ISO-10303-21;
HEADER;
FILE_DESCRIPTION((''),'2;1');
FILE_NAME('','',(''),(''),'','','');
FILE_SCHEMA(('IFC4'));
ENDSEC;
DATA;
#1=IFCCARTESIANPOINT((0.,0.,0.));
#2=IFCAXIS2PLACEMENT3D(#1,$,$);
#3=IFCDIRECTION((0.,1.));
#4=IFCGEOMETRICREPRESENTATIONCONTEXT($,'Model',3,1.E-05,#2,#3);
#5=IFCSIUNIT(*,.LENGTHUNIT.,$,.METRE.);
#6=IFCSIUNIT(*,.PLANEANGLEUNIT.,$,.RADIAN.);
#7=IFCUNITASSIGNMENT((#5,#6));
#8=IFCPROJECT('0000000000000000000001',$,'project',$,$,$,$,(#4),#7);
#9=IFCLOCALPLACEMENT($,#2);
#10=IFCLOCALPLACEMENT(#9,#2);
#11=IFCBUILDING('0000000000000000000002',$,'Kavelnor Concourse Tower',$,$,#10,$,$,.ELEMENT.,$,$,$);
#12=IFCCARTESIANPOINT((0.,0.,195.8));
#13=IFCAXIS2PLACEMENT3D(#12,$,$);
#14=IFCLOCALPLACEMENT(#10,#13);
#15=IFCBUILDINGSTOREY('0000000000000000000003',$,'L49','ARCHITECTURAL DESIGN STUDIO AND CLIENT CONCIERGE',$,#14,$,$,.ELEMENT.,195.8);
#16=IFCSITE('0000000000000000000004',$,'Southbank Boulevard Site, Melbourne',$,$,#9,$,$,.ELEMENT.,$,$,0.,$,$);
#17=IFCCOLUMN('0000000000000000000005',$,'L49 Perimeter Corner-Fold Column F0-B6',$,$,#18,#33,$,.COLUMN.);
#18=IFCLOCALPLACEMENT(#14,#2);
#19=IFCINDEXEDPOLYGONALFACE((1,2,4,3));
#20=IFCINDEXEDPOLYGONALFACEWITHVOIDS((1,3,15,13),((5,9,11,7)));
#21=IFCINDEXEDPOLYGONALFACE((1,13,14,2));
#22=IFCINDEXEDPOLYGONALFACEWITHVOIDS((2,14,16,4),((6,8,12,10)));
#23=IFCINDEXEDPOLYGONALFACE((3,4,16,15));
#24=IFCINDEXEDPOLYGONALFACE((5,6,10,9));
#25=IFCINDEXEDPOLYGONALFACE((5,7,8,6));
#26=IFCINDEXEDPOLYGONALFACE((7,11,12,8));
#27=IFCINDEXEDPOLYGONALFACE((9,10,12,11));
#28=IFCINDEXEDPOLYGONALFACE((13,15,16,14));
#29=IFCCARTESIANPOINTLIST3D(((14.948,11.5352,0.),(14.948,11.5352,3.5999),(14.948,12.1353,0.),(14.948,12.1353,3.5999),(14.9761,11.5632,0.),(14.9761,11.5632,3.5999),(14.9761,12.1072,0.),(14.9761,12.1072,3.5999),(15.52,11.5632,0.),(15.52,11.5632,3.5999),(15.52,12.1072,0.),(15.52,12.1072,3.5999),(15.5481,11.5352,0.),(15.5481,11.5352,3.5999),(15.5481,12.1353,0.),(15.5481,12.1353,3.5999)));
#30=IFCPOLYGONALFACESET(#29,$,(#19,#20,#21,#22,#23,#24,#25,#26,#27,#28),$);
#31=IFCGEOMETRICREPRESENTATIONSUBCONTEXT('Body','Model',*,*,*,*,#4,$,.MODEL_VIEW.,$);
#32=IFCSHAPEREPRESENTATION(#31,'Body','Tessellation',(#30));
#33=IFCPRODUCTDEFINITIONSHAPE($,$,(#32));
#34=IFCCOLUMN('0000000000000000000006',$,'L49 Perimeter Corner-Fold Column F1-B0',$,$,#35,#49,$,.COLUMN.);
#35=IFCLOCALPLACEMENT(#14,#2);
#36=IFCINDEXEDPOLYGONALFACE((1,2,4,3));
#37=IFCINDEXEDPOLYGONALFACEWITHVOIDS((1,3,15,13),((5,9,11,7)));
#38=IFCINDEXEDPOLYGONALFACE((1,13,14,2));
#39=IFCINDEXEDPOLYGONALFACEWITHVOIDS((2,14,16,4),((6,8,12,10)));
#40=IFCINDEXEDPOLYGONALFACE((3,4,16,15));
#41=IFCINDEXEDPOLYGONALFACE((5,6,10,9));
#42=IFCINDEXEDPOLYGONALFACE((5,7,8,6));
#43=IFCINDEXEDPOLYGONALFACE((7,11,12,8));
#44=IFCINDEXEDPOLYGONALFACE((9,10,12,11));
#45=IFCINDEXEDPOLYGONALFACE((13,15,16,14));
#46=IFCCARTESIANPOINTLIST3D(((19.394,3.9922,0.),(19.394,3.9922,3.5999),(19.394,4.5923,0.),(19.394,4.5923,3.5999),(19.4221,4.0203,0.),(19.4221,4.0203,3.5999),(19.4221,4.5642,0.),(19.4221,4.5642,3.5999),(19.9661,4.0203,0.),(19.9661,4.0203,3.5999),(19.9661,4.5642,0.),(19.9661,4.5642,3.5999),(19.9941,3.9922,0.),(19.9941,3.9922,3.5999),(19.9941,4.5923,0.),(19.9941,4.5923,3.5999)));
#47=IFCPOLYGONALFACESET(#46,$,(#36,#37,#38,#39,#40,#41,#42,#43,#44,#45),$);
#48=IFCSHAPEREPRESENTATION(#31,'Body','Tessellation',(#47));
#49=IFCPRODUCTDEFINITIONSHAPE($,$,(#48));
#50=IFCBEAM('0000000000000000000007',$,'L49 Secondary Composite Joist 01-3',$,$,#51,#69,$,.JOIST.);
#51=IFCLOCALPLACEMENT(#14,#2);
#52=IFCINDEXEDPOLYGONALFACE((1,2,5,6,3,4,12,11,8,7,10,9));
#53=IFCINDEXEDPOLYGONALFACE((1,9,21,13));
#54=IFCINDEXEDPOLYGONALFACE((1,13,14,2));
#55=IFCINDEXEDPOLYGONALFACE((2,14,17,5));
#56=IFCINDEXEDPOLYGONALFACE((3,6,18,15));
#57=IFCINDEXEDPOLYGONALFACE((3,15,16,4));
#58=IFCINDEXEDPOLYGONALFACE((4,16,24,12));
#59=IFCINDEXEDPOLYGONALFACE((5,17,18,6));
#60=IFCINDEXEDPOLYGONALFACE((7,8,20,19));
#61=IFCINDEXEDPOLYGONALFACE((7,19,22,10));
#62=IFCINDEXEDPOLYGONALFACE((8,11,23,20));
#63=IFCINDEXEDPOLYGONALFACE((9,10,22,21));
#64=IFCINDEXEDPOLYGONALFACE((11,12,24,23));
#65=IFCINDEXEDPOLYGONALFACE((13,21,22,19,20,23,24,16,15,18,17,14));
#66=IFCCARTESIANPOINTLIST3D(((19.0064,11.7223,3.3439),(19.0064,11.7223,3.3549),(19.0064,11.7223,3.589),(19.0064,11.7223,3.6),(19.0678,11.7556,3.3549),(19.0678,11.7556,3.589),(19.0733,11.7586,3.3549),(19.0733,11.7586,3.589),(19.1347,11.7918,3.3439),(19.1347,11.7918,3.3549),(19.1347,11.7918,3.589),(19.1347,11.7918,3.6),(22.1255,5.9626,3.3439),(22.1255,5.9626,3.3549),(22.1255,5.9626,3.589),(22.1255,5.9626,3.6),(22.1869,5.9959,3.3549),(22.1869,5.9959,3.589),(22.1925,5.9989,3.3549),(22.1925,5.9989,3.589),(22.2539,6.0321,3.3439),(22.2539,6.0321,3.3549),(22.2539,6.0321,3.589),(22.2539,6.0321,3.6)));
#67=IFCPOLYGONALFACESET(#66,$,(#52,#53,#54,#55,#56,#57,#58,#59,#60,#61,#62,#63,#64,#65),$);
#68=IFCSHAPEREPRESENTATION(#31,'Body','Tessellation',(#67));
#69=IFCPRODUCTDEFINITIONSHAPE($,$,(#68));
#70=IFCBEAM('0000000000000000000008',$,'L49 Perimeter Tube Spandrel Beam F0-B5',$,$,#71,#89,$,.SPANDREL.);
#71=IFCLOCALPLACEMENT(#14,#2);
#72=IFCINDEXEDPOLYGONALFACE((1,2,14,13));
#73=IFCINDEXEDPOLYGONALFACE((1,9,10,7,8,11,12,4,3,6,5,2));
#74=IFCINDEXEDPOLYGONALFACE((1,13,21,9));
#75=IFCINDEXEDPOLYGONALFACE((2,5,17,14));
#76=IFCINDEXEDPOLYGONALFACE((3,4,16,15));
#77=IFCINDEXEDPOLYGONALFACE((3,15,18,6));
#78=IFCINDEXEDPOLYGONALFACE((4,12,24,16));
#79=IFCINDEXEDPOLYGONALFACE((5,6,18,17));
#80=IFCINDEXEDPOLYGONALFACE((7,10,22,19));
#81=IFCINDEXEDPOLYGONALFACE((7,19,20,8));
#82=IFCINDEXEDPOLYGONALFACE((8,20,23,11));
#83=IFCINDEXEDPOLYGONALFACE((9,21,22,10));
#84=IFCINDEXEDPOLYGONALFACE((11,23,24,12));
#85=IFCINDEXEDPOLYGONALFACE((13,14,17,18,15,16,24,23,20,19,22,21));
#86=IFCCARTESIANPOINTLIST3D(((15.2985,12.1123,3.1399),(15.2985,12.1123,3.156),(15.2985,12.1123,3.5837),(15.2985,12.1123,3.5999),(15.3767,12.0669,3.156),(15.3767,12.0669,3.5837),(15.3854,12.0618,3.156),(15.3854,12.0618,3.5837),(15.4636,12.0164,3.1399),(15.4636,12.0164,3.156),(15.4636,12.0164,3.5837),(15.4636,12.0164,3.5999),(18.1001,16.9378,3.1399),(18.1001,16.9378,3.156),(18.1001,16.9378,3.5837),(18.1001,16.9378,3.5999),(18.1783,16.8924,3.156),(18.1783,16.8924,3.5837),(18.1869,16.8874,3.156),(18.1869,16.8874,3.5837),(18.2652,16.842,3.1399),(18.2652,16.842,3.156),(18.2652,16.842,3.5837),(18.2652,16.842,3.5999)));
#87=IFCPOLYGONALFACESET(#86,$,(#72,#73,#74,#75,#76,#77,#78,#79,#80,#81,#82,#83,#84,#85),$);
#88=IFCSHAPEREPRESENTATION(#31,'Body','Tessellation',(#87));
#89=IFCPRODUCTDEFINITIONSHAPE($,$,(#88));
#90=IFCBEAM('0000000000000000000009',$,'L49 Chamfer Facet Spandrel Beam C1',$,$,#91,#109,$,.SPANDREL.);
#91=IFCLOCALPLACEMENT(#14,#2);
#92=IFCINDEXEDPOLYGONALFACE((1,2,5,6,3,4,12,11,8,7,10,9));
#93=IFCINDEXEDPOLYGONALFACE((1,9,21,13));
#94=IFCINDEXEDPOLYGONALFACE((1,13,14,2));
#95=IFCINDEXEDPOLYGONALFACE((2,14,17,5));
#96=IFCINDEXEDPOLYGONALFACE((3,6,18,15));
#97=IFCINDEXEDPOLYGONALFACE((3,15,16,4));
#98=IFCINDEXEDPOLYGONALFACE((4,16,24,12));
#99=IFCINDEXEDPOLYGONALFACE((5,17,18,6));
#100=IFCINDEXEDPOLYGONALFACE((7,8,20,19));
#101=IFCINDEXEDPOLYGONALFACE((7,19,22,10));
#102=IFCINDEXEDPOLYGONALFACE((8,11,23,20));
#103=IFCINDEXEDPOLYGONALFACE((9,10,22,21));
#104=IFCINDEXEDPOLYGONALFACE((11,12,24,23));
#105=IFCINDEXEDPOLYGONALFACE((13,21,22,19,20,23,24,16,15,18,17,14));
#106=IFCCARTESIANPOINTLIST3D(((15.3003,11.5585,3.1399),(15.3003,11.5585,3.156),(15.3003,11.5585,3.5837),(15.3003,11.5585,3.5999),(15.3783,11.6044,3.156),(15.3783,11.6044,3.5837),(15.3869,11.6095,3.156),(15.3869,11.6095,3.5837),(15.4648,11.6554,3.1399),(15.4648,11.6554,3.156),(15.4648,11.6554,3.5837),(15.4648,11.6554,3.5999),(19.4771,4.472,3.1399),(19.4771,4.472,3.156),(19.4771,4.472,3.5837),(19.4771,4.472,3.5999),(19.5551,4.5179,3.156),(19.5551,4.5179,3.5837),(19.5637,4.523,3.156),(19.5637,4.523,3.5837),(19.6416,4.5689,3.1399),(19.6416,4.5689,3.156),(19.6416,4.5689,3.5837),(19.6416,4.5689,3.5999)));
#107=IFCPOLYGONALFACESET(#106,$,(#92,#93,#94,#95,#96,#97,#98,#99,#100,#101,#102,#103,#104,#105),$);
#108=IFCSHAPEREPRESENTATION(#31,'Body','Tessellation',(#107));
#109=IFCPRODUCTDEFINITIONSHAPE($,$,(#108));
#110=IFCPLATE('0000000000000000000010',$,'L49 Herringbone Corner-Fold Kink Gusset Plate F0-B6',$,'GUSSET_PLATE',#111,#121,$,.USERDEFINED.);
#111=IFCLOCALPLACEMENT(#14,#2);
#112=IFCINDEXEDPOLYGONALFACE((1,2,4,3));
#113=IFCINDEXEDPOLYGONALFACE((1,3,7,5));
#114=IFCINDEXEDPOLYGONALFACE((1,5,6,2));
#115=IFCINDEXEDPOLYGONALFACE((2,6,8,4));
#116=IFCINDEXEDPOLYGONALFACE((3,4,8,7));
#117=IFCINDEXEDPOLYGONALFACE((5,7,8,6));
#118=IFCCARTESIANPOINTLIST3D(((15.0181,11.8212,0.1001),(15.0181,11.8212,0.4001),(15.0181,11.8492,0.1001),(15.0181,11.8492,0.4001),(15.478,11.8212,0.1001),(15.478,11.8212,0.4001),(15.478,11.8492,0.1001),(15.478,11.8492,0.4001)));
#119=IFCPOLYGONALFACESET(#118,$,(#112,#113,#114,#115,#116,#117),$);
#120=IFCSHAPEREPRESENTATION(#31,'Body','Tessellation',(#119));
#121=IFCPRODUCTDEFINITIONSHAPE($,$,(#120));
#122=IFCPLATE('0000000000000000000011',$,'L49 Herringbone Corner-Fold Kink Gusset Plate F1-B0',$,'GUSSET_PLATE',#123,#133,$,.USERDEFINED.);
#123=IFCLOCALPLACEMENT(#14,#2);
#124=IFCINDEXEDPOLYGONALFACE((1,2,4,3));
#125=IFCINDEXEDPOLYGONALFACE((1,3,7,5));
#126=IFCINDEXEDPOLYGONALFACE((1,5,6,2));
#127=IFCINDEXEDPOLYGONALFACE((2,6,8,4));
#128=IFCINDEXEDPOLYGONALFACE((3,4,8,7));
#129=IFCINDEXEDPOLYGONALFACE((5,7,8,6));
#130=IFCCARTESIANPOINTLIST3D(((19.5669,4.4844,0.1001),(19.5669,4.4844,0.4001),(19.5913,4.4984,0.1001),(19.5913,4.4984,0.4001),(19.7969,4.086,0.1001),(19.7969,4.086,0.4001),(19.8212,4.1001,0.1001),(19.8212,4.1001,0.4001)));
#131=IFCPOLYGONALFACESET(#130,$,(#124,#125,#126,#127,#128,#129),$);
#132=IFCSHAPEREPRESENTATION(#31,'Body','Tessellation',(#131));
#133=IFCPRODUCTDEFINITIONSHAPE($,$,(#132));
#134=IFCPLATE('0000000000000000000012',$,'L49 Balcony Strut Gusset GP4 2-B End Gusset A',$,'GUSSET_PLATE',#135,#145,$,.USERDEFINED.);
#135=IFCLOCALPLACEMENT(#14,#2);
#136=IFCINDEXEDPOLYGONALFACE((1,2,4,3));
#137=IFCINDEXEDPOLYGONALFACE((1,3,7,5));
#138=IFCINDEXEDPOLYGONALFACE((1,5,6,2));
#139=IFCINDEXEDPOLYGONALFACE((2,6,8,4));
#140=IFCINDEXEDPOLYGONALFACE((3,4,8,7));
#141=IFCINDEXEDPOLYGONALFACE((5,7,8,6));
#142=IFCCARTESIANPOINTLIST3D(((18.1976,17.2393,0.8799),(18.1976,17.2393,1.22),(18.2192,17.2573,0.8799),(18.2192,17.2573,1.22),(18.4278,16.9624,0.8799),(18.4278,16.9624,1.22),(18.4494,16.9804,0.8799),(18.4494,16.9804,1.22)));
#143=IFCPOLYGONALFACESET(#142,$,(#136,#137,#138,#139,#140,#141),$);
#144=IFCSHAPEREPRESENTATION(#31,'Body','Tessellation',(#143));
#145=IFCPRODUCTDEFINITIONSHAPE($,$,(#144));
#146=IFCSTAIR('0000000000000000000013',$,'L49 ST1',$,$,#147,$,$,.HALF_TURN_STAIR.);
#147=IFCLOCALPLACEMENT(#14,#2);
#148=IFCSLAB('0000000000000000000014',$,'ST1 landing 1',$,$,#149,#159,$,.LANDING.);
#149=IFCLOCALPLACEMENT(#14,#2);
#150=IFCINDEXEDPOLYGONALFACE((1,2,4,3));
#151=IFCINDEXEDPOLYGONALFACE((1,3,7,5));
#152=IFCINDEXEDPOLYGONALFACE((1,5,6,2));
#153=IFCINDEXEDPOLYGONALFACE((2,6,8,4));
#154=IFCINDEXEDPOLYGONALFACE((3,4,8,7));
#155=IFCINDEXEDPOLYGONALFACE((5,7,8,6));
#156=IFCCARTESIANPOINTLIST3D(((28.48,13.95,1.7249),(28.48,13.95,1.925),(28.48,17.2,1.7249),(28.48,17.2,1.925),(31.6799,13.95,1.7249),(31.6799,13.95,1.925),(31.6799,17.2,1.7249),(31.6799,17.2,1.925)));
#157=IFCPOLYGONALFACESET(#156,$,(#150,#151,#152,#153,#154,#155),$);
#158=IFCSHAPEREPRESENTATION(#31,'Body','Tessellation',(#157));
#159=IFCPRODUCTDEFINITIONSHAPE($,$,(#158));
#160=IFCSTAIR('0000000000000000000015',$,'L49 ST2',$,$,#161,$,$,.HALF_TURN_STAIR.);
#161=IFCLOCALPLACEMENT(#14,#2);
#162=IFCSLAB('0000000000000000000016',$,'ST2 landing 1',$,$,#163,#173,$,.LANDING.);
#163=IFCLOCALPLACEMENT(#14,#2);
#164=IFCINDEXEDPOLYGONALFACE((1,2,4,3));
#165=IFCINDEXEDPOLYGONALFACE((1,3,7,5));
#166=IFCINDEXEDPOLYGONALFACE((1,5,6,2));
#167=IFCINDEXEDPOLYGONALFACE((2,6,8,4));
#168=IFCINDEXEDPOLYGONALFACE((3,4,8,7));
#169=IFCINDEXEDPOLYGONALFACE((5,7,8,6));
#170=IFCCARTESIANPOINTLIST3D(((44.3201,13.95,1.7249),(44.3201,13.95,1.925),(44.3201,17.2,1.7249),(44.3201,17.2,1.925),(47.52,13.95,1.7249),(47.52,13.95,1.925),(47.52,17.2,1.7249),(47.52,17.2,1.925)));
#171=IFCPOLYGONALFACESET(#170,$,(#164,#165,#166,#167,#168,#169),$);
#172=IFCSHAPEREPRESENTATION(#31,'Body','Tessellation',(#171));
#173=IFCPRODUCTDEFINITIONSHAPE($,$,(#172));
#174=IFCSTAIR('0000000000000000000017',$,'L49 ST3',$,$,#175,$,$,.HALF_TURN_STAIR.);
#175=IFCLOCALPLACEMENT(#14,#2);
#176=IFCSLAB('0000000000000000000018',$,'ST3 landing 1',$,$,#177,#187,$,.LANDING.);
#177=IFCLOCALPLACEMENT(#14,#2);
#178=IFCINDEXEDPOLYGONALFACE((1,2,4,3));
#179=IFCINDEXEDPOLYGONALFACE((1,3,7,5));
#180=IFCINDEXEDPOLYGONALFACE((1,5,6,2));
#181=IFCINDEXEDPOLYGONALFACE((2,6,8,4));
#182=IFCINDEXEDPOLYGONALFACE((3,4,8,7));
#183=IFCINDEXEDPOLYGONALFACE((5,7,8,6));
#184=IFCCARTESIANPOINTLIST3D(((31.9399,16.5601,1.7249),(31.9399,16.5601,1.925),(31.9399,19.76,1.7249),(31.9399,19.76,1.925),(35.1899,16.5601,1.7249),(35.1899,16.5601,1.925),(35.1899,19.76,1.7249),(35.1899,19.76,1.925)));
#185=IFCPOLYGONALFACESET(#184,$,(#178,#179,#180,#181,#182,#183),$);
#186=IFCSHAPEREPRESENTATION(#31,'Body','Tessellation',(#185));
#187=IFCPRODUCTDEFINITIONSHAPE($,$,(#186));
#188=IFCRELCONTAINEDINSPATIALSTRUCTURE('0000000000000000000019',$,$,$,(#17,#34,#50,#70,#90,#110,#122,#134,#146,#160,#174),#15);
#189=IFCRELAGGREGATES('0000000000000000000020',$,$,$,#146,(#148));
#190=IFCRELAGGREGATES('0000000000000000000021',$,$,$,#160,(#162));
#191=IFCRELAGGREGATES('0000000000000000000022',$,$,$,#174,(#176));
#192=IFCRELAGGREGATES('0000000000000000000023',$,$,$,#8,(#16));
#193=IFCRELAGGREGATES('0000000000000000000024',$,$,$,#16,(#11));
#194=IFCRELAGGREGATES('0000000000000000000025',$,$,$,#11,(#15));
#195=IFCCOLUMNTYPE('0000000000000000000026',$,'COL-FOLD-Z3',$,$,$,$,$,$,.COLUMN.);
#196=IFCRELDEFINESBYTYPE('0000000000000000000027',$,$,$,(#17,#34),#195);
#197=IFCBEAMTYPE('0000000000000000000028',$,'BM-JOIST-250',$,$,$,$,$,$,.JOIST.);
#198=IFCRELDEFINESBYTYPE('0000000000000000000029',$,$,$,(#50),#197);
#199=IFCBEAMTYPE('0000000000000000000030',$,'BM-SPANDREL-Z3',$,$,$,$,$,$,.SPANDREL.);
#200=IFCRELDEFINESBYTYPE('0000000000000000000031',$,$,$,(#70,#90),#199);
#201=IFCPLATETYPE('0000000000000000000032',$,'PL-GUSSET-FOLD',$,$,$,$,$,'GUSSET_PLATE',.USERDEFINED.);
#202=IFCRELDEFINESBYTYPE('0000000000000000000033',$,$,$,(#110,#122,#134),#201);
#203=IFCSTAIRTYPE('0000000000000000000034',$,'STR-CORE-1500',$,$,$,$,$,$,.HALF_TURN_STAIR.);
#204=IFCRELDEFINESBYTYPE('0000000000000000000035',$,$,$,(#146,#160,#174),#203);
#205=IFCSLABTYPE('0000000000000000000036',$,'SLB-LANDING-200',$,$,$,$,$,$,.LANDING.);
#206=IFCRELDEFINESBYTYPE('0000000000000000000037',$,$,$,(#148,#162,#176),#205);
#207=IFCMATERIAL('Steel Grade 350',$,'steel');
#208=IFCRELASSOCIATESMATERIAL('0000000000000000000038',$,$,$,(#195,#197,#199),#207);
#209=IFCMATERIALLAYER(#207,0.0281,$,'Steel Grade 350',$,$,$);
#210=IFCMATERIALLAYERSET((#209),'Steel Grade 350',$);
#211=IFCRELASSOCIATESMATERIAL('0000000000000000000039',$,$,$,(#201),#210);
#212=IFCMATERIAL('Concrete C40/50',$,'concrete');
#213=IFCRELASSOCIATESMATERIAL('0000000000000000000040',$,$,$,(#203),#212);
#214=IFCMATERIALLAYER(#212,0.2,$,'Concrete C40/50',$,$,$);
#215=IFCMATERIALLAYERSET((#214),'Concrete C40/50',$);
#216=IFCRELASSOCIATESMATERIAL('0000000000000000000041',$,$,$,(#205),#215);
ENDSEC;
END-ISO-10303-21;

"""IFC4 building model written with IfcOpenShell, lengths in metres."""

from ifc_helpers import new_model, si_unit, direction, frame, origin, origin_2d, place, context, subcontext, project, spatial, polyline, rectangle, hollow_rectangle, i_section, outline, extrude, material, layer, layer_set, material_profile, profile_set, type_object, element, aggregate, save


model = new_model("IFC4")

# Units and contexts
model_context = context("Model", 3, precision=1e-05, world=origin(), true_north=direction((0.0, 1.0)))
body_context = subcontext(model_context, "Body", "Model", "MODEL_VIEW")
ifc_project = project(units=[si_unit("LENGTHUNIT", "METRE"), si_unit("PLANEANGLEUNIT", "RADIAN")], contexts=[model_context])

# Site, building, storey
site_placement = place(None, origin())
site = spatial("IfcSite", under=ifc_project, at=site_placement, Name="Southbank Boulevard Site, Melbourne", CompositionType="ELEMENT", RefElevation=0.0)
building_placement = place(site_placement, origin())
building = spatial("IfcBuilding", under=site, at=building_placement, Name="Kavelnor Concourse Tower", CompositionType="ELEMENT")
storey_placement = place(building_placement, frame((0.0, 0.0, 195.8)))
storey = spatial("IfcBuildingStorey", under=building, at=storey_placement, Name="L49", Description="ARCHITECTURAL DESIGN STUDIO AND CLIENT CONCIERGE", CompositionType="ELEMENT", Elevation=195.8)

# Columns
ifc_material_1 = material(Name="Steel Grade 350", Category="steel")
ifc_material_profile_1 = material_profile(ifc_material_1, hollow_rectangle(XDim=0.6001, YDim=0.6001, WallThickness=0.0281, at=origin_2d()), Name="SHS 600x600x28")
ifc_profile_set_1 = profile_set([ifc_material_profile_1], Name="Steel Grade 350")
column_type = type_object("IfcColumnType", Name="COL-FOLD-Z3", PredefinedType="COLUMN", material=ifc_profile_set_1)
for number, where, z_axis, x_axis, name in (
    (1, (15.248, 11.8352, 0.0), (0.0, 0.0, 1.0), (1.0, 0.0, 0.0), "L49 Perimeter Corner-Fold Column F0-B6"),
    (2, (19.6941, 4.2922, 0.0), (0.0, 0.0, 1.0), (1.0, 0.0, 0.0), "L49 Perimeter Corner-Fold Column F1-B0"),
):
    element("IfcColumn", number, at=place(storey_placement, frame(where, z_axis=z_axis, x_axis=x_axis)), inside=storey, type_object=column_type, Name=name, PredefinedType="COLUMN", context=body_context, shape_type="SweptSolid", body=[
        extrude(hollow_rectangle(XDim=0.6001, YDim=0.6001, WallThickness=0.0281, at=origin_2d()), origin(), (0.0, 0.0, 1.0), 3.5999),
    ])

# Beams
ifc_material_profile_2 = material_profile(ifc_material_1, i_section(OverallWidth=0.146, OverallDepth=0.2561, WebThickness=0.0063, FlangeThickness=0.011, at=origin_2d()), Name="250UB37")
ifc_profile_set_2 = profile_set([ifc_material_profile_2], Name="Steel Grade 350")
beam_type_1 = type_object("IfcBeamType", Name="BM-JOIST-250", PredefinedType="JOIST", material=ifc_profile_set_2)
beam_1_placement = place(storey_placement, frame((19.0706, 11.7571, 3.4719), z_axis=(0.476197, -0.879339, 0.0), x_axis=(0.879339, 0.476197, 0.0)))
element("IfcBeam", 3, at=beam_1_placement, inside=storey, type_object=beam_type_1, Name="L49 Secondary Composite Joist 01-3", PredefinedType="JOIST", context=body_context, shape_type="SweptSolid", body=[
    extrude(i_section(OverallWidth=0.146, OverallDepth=0.2561, WebThickness=0.0063, FlangeThickness=0.011, at=origin_2d()), origin(), (0.0, 0.0, 1.0), 6.55),
])
ifc_material_profile_3 = material_profile(ifc_material_1, i_section(OverallWidth=0.1909, OverallDepth=0.46, WebThickness=0.01, FlangeThickness=0.0161, at=origin_2d()), Name="460UB82")
ifc_profile_set_3 = profile_set([ifc_material_profile_3], Name="Steel Grade 350")
beam_type_2 = type_object("IfcBeamType", Name="BM-SPANDREL-Z3", PredefinedType="SPANDREL", material=ifc_profile_set_3)
beam_2_placement = place(storey_placement, frame((18.1826, 16.8899, 3.3699), z_axis=(-0.502088, -0.864817, 0.0), x_axis=(0.864817, -0.502088, 0.0)))
element("IfcBeam", 4, at=beam_2_placement, inside=storey, type_object=beam_type_2, Name="L49 Perimeter Tube Spandrel Beam F0-B5", PredefinedType="SPANDREL", context=body_context, shape_type="SweptSolid", body=[
    extrude(i_section(OverallWidth=0.1909, OverallDepth=0.46, WebThickness=0.01, FlangeThickness=0.0161, at=origin_2d()), origin(), (0.0, 0.0, 1.0), 5.5798),
])
beam_3_placement = place(storey_placement, frame((15.3826, 11.6069, 3.3699), z_axis=(0.507767, -0.861494, 0.0), x_axis=(0.861494, 0.507767, 0.0)))
element("IfcBeam", 5, at=beam_3_placement, inside=storey, type_object=beam_type_2, Name="L49 Chamfer Facet Spandrel Beam C1", PredefinedType="SPANDREL", context=body_context, shape_type="SweptSolid", body=[
    extrude(i_section(OverallWidth=0.1909, OverallDepth=0.46, WebThickness=0.01, FlangeThickness=0.0161, at=origin_2d()), origin(), (0.0, 0.0, 1.0), 8.2258),
])

# Plates
ifc_layer_1 = layer(ifc_material_1, 0.0281, Name="Steel Grade 350")
ifc_layer_set_1 = layer_set([ifc_layer_1], Name="Steel Grade 350")
plate_type = type_object("IfcPlateType", Name="PL-GUSSET-FOLD", ElementType="GUSSET_PLATE", PredefinedType="USERDEFINED", material=ifc_layer_set_1)
for number, where, z_axis, x_axis, name in (
    (6, (15.248, 11.8352, 0.1001), (0.0, 0.0, 1.0), (1.0, 0.0, 0.0), "L49 Herringbone Corner-Fold Kink Gusset Plate F0-B6"),
    (7, (19.6941, 4.2922, 0.1001), (0.0, 0.0, 1.0), (-0.5, 0.866025, 0.0), "L49 Herringbone Corner-Fold Kink Gusset Plate F1-B0"),
):
    element("IfcPlate", number, at=place(storey_placement, frame(where, z_axis=z_axis, x_axis=x_axis)), inside=storey, type_object=plate_type, Name=name, ObjectType="GUSSET_PLATE", PredefinedType="USERDEFINED", context=body_context, shape_type="SweptSolid", body=[
        extrude(rectangle(XDim=0.46, YDim=0.0281, at=origin_2d()), origin(), (0.0, 0.0, 1.0), 0.3),
    ])
plate_placement = place(storey_placement, frame((18.3235, 17.1099, 0.8799), z_axis=(0.0, 0.0, 1.0), x_axis=(-0.639305, 0.768953, 0.0)))
element("IfcPlate", 8, at=plate_placement, inside=storey, type_object=plate_type, Name="L49 Balcony Strut Gusset GP4 2-B End Gusset A", ObjectType="GUSSET_PLATE", PredefinedType="USERDEFINED", context=body_context, shape_type="SweptSolid", body=[
    extrude(rectangle(XDim=0.3601, YDim=0.0281, at=origin_2d()), origin(), (0.0, 0.0, 1.0), 0.3401),
])

# Stairs, slabs
ifc_material_2 = material(Name="Concrete C40/50", Category="concrete")
stair_type = type_object("IfcStairType", Name="STR-CORE-1500", PredefinedType="HALF_TURN_STAIR", material=ifc_material_2)
stair_1_placement = place(storey_placement, origin())
stair_1 = element("IfcStair", 9, at=stair_1_placement, inside=storey, type_object=stair_type, Name="L49 ST1", PredefinedType="HALF_TURN_STAIR")
ifc_layer_2 = layer(ifc_material_2, 0.2, Name="Concrete C40/50")
ifc_layer_set_2 = layer_set([ifc_layer_2], Name="Concrete C40/50")
slab_type_1 = type_object("IfcSlabType", Name="SLB-LANDING-200", PredefinedType="LANDING", material=ifc_layer_set_2)
slab_1_placement = place(storey_placement, frame((0.0, 0.0, 1.7249)))
slab_1 = element("IfcSlab", 10, at=slab_1_placement, type_object=slab_type_1, Name="ST1 landing 1", PredefinedType="LANDING", context=body_context, shape_type="SweptSolid", body=[
    extrude(outline(polyline([(31.6799, 13.95), (31.6799, 17.2), (28.48, 17.2), (28.48, 13.95), (31.6799, 13.95)])), origin(), (0.0, 0.0, 1.0), 0.2002),
])
aggregate(stair_1, [slab_1])
stair_2_placement = place(storey_placement, origin())
stair_2 = element("IfcStair", 11, at=stair_2_placement, inside=storey, type_object=stair_type, Name="L49 ST2", PredefinedType="HALF_TURN_STAIR")
slab_2_placement = place(storey_placement, frame((0.0, 0.0, 1.7249)))
slab_2 = element("IfcSlab", 12, at=slab_2_placement, type_object=slab_type_1, Name="ST2 landing 1", PredefinedType="LANDING", context=body_context, shape_type="SweptSolid", body=[
    extrude(outline(polyline([(47.52, 13.95), (47.52, 17.2), (44.3201, 17.2), (44.3201, 13.95), (47.52, 13.95)])), origin(), (0.0, 0.0, 1.0), 0.2002),
])
aggregate(stair_2, [slab_2])
stair_3_placement = place(storey_placement, origin())
stair_3 = element("IfcStair", 13, at=stair_3_placement, inside=storey, type_object=stair_type, Name="L49 ST3", PredefinedType="HALF_TURN_STAIR")
slab_3_placement = place(storey_placement, frame((0.0, 0.0, 1.7249)))
slab_3 = element("IfcSlab", 14, at=slab_3_placement, type_object=slab_type_1, Name="ST3 landing 1", PredefinedType="LANDING", context=body_context, shape_type="SweptSolid", body=[
    extrude(outline(polyline([(35.1899, 19.76), (31.9399, 19.76), (31.9399, 16.5601), (35.1899, 16.5601), (35.1899, 19.76)])), origin(), (0.0, 0.0, 1.0), 0.2002),
])
aggregate(stair_3, [slab_3])

save(model, "model.ifc")
